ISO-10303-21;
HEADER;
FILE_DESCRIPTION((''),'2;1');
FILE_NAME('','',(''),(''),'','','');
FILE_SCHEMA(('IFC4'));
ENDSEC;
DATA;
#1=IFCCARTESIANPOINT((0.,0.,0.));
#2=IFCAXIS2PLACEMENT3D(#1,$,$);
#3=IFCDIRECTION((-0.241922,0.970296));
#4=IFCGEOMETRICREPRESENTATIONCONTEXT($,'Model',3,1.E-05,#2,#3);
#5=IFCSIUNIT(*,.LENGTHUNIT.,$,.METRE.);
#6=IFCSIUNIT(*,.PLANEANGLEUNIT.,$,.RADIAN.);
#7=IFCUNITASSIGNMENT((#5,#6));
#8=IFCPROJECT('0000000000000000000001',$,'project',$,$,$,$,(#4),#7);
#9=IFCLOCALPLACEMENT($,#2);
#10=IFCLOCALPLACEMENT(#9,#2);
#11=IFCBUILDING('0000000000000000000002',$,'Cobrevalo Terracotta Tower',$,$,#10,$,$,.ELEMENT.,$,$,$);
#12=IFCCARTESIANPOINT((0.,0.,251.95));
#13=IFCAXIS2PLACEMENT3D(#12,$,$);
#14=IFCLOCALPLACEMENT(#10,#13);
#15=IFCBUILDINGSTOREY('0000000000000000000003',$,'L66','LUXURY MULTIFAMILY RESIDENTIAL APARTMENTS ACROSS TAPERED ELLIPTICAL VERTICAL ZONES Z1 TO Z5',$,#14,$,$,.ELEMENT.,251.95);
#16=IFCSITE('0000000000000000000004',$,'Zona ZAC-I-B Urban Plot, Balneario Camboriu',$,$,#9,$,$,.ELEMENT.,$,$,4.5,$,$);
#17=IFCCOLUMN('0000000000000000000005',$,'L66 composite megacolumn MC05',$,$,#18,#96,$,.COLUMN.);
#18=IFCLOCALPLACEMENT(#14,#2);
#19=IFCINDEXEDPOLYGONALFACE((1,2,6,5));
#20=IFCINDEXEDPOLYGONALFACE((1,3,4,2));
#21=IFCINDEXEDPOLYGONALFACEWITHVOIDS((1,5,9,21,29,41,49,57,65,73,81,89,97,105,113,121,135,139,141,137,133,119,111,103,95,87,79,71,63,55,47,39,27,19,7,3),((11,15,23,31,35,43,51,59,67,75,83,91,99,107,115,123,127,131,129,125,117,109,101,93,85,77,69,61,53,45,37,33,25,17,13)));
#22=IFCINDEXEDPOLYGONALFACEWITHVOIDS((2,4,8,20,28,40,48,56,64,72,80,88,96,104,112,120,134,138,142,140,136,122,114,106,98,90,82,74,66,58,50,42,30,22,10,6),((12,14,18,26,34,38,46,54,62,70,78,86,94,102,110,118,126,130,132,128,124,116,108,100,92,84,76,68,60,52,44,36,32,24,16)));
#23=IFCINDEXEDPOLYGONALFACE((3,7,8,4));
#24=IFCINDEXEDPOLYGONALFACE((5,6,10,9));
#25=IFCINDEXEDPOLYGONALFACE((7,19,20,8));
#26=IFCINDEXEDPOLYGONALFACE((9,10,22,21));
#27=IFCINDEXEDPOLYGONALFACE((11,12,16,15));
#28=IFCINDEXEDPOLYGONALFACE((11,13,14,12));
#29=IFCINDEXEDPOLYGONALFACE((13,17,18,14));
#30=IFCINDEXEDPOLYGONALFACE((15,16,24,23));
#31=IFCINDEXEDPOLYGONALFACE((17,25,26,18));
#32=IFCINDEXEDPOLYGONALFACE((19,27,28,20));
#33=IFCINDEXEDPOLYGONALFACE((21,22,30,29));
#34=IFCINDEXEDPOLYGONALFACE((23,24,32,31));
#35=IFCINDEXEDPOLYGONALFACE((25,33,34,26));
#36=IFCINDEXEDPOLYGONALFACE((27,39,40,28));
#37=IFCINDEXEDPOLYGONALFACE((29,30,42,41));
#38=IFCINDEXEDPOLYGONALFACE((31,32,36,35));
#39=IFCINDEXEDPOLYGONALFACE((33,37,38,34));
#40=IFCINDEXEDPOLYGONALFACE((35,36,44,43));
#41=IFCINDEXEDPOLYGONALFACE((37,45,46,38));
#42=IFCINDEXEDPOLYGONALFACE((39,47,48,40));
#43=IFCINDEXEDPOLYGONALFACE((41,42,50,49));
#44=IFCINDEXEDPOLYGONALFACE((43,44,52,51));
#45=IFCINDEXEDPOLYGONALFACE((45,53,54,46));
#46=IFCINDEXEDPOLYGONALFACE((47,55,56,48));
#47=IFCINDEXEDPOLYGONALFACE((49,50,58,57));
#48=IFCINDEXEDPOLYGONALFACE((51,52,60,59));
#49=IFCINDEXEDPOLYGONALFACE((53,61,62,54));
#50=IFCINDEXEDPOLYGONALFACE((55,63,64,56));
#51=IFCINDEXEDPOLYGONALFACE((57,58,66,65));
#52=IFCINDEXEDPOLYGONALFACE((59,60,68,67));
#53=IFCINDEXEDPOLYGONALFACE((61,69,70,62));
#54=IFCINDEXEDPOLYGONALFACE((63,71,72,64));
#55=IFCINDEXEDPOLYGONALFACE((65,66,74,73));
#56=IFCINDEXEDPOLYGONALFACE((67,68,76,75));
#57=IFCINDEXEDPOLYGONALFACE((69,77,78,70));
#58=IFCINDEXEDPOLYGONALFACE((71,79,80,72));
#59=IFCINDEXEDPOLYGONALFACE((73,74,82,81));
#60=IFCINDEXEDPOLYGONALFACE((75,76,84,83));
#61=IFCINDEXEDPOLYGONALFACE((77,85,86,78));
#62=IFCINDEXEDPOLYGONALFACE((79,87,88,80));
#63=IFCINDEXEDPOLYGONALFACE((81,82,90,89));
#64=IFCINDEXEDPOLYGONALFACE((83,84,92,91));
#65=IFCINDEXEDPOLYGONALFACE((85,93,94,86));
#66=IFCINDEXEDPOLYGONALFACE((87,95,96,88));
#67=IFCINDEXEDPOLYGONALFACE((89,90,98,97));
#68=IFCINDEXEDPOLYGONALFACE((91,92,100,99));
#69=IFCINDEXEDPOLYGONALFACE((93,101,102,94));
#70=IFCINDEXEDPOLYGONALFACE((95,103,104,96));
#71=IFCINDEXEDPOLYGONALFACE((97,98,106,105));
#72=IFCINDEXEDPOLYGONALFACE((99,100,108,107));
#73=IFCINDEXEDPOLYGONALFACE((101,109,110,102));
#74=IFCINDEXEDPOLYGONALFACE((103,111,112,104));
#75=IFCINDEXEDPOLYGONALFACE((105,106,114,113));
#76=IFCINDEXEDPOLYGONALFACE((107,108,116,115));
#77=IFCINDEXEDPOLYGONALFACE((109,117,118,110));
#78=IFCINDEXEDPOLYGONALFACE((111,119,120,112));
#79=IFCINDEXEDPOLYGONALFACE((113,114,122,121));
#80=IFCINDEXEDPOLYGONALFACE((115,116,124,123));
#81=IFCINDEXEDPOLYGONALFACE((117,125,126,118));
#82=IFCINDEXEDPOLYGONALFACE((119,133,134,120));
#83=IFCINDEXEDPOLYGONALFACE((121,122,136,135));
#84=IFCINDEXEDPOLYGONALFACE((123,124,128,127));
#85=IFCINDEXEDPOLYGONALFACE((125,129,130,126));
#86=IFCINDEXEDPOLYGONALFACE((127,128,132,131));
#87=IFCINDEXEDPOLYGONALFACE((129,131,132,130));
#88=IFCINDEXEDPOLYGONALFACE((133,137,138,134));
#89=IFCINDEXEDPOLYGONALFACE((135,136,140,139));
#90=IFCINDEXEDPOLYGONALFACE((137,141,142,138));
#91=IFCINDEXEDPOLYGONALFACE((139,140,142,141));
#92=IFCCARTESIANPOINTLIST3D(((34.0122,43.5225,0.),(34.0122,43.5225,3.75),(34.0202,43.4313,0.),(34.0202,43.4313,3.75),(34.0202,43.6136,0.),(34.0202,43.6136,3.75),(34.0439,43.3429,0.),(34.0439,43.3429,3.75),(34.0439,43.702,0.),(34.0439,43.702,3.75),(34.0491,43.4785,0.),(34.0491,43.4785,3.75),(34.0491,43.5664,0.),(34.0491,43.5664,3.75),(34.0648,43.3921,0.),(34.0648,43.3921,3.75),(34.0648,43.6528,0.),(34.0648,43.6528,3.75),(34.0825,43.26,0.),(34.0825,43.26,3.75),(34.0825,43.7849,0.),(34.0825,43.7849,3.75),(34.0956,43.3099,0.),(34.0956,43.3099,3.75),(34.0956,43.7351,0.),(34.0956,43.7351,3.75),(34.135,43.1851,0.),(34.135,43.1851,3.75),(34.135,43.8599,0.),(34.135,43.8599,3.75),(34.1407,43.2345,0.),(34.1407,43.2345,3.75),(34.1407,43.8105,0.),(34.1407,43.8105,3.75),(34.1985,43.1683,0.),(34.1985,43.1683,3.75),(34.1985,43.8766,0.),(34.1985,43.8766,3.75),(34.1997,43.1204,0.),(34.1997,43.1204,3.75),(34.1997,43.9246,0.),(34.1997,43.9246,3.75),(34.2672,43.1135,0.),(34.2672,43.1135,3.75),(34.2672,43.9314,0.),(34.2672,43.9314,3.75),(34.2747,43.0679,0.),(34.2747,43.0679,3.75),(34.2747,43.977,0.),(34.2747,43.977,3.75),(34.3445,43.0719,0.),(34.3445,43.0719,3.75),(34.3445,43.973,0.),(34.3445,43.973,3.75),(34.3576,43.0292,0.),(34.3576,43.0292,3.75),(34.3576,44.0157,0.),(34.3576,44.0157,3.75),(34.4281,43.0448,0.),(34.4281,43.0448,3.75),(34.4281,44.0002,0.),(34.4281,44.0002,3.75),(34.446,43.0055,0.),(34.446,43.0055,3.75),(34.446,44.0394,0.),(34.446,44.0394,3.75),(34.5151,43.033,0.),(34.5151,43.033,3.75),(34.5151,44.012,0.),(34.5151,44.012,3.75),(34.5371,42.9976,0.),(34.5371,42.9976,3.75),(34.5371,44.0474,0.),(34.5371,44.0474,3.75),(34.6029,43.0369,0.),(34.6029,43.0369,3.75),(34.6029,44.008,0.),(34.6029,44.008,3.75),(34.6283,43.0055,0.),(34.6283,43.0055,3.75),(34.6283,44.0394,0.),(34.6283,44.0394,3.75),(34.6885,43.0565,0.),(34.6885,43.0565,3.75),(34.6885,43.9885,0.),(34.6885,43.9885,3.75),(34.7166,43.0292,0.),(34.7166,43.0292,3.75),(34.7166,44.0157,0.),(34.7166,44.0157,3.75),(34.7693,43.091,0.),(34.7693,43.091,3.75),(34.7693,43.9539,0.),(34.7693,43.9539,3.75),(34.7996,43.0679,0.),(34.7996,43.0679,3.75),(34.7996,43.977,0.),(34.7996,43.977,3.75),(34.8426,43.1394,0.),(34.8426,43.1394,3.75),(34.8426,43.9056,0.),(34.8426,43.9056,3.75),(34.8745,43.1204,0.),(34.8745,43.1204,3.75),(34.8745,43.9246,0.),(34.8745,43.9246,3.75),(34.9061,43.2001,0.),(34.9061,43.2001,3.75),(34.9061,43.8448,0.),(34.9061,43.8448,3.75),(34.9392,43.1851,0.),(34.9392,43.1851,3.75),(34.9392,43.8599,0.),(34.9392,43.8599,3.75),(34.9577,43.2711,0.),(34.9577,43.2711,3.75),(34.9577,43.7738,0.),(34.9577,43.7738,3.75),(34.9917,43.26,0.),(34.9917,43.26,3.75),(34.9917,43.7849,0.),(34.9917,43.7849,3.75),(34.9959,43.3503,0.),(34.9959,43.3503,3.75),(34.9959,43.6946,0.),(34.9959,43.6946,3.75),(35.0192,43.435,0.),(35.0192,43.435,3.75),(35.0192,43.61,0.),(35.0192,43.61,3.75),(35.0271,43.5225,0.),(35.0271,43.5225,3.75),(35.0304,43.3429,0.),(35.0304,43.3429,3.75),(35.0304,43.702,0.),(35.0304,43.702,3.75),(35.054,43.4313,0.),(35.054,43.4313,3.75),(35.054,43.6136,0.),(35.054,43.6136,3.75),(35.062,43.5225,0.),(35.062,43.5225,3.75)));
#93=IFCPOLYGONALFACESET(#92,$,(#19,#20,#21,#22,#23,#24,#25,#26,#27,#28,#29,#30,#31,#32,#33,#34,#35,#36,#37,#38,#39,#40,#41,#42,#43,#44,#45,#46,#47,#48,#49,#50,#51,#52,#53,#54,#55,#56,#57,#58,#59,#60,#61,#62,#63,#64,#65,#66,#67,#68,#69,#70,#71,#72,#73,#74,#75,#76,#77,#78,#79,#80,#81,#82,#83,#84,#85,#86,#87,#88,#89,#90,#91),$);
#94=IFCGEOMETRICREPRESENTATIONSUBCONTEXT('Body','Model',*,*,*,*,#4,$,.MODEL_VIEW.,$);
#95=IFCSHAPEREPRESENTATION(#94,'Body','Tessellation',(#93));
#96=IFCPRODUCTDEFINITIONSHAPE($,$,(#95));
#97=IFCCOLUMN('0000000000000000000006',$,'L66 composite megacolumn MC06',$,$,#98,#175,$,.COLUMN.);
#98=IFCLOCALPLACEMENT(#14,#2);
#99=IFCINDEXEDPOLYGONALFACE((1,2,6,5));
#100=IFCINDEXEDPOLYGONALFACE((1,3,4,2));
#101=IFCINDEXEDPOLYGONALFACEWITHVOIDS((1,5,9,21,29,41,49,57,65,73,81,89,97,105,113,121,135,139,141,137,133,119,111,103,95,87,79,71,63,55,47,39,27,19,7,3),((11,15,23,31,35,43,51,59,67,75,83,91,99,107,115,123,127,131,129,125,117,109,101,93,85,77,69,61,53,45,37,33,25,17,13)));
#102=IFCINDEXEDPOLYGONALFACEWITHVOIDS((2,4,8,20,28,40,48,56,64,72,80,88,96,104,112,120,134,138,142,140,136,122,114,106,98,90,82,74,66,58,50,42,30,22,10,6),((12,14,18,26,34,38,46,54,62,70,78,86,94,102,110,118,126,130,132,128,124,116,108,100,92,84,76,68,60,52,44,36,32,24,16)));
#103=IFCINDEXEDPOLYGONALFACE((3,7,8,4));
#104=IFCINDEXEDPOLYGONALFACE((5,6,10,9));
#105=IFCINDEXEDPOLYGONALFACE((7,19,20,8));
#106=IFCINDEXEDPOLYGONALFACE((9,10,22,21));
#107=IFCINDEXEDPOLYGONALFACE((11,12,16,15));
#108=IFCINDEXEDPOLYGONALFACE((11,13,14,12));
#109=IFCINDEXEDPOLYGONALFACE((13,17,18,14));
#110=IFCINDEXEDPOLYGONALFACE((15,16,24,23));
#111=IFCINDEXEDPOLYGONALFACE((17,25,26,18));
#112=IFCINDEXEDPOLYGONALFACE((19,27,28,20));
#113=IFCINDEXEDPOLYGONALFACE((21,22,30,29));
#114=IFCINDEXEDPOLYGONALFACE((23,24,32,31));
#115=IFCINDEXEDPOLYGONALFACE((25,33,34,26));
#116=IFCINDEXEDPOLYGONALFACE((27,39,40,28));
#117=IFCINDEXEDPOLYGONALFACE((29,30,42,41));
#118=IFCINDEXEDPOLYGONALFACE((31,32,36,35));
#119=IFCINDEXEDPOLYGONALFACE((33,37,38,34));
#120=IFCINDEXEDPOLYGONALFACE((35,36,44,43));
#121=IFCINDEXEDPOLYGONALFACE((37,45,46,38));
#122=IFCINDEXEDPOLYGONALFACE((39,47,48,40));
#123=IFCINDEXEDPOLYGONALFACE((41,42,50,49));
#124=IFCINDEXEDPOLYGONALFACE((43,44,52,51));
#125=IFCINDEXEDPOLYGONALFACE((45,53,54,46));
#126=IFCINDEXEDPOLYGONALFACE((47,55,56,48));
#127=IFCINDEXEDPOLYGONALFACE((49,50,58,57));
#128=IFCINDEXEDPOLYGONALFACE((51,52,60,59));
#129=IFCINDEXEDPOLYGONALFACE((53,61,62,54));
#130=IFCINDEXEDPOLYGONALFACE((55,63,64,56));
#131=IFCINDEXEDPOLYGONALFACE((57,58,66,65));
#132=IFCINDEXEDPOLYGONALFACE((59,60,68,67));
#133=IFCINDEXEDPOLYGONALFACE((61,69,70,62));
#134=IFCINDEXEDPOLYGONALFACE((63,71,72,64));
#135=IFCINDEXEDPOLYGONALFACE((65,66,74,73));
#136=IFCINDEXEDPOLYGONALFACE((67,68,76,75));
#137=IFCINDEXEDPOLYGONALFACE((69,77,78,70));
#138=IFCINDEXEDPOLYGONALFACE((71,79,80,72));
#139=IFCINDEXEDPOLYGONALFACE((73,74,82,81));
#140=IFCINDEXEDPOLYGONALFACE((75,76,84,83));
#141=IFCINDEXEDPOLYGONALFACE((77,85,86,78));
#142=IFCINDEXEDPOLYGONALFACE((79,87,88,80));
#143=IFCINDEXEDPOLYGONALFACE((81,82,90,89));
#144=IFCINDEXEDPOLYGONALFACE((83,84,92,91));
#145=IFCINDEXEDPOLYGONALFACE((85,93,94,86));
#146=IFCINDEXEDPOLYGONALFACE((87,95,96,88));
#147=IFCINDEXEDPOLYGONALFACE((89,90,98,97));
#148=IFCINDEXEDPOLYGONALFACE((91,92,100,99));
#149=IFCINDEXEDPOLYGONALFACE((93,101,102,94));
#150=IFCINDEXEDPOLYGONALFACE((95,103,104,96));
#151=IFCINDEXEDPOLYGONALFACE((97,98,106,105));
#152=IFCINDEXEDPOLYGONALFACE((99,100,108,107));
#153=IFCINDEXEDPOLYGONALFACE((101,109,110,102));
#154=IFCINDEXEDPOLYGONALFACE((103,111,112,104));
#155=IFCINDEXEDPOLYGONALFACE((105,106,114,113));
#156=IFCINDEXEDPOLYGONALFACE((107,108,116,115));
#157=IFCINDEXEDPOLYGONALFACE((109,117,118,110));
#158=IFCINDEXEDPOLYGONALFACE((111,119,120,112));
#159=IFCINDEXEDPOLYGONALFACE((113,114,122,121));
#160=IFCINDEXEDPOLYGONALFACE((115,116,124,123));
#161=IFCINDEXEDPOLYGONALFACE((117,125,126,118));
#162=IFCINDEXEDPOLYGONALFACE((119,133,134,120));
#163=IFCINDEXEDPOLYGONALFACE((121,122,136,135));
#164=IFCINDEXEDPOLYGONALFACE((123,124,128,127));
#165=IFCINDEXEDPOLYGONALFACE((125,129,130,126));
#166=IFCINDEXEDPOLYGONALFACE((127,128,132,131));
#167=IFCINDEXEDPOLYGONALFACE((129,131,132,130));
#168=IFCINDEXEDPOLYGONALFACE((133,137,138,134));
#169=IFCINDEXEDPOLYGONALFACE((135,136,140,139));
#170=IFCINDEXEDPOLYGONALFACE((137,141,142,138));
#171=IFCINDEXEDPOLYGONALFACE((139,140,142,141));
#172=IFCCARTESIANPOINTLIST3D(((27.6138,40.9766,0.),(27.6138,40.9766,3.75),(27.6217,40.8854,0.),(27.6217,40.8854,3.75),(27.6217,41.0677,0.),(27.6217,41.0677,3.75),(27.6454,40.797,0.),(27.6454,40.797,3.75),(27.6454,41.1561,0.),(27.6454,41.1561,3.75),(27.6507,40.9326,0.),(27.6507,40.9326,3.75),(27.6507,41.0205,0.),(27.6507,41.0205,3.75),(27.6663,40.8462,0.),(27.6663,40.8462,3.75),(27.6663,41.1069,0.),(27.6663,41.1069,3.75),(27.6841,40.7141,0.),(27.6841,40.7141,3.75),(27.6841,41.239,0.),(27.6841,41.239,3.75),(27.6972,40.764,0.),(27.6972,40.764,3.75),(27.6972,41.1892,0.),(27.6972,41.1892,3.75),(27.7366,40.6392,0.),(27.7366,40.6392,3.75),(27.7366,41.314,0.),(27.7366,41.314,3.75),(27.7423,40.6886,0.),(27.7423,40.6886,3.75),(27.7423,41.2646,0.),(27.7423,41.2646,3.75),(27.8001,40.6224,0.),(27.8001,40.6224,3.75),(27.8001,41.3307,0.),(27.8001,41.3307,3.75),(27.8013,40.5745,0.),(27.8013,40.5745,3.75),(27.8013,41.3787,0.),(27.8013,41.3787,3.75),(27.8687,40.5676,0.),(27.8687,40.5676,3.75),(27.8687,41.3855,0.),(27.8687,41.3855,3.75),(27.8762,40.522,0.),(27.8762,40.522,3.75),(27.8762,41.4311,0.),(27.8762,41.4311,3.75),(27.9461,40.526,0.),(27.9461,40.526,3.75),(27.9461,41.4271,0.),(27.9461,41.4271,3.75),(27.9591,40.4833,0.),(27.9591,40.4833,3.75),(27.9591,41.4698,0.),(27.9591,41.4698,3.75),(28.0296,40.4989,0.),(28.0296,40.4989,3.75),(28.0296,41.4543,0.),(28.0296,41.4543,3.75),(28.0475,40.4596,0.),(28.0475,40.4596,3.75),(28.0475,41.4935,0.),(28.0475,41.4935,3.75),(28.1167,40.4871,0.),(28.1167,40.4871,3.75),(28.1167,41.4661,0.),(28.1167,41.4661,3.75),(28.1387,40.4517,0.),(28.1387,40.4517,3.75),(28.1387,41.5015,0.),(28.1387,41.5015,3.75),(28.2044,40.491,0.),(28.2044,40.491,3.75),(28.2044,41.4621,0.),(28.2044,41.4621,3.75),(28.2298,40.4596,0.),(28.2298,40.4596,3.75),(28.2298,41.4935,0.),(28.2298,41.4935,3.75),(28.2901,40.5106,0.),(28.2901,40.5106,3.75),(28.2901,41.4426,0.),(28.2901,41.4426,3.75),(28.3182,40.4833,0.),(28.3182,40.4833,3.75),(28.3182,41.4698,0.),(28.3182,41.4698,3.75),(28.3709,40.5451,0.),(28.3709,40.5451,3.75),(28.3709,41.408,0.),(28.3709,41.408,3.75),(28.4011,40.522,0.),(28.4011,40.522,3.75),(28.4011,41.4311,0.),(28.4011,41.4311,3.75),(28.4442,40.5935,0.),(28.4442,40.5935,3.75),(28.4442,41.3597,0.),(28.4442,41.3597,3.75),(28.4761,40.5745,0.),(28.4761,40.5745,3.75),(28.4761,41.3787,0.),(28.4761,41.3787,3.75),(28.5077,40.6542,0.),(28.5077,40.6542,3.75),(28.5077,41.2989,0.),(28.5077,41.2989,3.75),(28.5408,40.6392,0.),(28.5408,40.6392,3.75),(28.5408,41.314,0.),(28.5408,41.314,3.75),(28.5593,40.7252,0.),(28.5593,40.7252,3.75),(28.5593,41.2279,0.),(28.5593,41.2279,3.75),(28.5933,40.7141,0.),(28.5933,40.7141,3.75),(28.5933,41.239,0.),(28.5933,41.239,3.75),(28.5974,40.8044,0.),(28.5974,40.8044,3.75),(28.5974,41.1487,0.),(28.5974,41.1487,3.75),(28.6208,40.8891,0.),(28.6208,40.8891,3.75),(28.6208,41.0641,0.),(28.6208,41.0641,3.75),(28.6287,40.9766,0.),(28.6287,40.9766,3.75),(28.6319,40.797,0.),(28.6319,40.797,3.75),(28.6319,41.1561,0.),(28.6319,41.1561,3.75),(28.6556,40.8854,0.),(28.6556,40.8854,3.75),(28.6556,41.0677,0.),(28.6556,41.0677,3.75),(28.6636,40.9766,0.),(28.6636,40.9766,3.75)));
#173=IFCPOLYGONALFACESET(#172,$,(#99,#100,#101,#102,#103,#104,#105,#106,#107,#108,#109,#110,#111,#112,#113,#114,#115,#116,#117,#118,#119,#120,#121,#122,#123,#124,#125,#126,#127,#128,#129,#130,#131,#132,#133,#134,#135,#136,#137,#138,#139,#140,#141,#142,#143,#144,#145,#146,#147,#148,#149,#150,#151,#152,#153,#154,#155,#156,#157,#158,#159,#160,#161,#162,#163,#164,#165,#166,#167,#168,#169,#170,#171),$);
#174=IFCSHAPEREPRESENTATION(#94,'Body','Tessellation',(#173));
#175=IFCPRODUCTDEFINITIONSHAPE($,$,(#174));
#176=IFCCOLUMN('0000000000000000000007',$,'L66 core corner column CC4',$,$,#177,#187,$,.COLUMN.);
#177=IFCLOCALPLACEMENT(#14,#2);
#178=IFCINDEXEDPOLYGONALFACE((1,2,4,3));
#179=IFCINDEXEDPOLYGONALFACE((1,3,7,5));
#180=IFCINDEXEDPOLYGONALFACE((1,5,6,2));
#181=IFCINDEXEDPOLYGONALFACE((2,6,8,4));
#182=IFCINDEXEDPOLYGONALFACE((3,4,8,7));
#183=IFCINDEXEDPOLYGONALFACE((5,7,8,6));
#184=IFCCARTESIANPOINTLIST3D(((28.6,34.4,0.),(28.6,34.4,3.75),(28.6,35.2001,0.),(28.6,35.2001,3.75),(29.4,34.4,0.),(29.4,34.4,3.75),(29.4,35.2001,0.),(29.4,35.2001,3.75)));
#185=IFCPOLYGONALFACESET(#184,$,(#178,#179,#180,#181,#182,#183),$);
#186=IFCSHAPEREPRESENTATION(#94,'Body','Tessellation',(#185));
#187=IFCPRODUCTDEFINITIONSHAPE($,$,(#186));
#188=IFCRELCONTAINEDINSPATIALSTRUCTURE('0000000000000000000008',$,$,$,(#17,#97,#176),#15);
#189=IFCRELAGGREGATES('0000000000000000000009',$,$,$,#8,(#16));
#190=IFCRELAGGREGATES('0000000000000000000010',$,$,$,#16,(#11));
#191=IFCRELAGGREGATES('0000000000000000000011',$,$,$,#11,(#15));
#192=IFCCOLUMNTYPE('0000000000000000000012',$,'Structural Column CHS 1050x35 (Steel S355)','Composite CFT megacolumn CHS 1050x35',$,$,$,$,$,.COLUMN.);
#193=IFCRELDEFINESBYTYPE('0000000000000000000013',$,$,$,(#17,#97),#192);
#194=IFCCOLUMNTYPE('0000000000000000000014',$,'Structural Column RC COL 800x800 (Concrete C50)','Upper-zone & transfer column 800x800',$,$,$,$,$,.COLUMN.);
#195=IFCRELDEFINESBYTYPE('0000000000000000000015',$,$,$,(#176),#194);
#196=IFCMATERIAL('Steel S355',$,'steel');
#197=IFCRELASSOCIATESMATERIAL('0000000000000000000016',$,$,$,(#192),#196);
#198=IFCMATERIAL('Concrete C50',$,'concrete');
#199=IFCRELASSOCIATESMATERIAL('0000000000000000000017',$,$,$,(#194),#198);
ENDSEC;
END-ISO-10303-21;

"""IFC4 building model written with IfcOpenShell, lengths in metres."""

from ifc_helpers import new_model, si_unit, direction, frame, origin, origin_2d, place, context, subcontext, project, spatial, rectangle, hollow_circle, extrude, material, material_profile, profile_set, type_object, element, save


model = new_model("IFC4")

# Units and contexts
model_context = context("Model", 3, precision=1e-05, world=origin(), true_north=direction((-0.241922, 0.970296)))
body_context = subcontext(model_context, "Body", "Model", "MODEL_VIEW")
ifc_project = project(units=[si_unit("LENGTHUNIT", "METRE"), si_unit("PLANEANGLEUNIT", "RADIAN")], contexts=[model_context])

# Site, building, storey
site_placement = place(None, origin())
site = spatial("IfcSite", under=ifc_project, at=site_placement, Name="Zona ZAC-I-B Urban Plot, Balneario Camboriu", CompositionType="ELEMENT", RefElevation=4.5)
building_placement = place(site_placement, origin())
building = spatial("IfcBuilding", under=site, at=building_placement, Name="Cobrevalo Terracotta Tower", CompositionType="ELEMENT")
storey_placement = place(building_placement, frame((0.0, 0.0, 251.95)))
storey = spatial("IfcBuildingStorey", under=building, at=storey_placement, Name="L66", Description="LUXURY MULTIFAMILY RESIDENTIAL APARTMENTS ACROSS TAPERED ELLIPTICAL VERTICAL ZONES Z1 TO Z5", CompositionType="ELEMENT", Elevation=251.95)

# Columns
ifc_material_1 = material(Name="Steel S355", Category="steel")
ifc_material_profile_1 = material_profile(ifc_material_1, hollow_circle(Radius=0.5249, WallThickness=0.0349, at=origin_2d()), Name="CHS 1050x35")
ifc_profile_set_1 = profile_set([ifc_material_profile_1], Name="Steel S355")
column_type_1 = type_object("IfcColumnType", Name="Structural Column CHS 1050x35 (Steel S355)", Description="Composite CFT megacolumn CHS 1050x35", PredefinedType="COLUMN", material=ifc_profile_set_1)
for number, where, z_axis, x_axis, name in (
    (1, (34.5371, 43.5225, 0.0), (0.0, 0.0, 1.0), (1.0, 0.0, 0.0), "L66 composite megacolumn MC05"),
    (2, (28.1387, 40.9766, 0.0), (0.0, 0.0, 1.0), (1.0, 0.0, 0.0), "L66 composite megacolumn MC06"),
):
    element("IfcColumn", number, at=place(storey_placement, frame(where, z_axis=z_axis, x_axis=x_axis)), inside=storey, type_object=column_type_1, Name=name, PredefinedType="COLUMN", context=body_context, shape_type="SweptSolid", body=[
        extrude(hollow_circle(Radius=0.5249, WallThickness=0.0349, at=origin_2d()), origin(), (0.0, 0.0, 1.0), 3.75),
    ])
ifc_material_2 = material(Name="Concrete C50", Category="concrete")
ifc_material_profile_2 = material_profile(ifc_material_2, rectangle(XDim=0.8, YDim=0.8, at=origin_2d()), Name="RC COL 800x800")
ifc_profile_set_2 = profile_set([ifc_material_profile_2], Name="Concrete C50")
column_type_2 = type_object("IfcColumnType", Name="Structural Column RC COL 800x800 (Concrete C50)", Description="Upper-zone & transfer column 800x800", PredefinedType="COLUMN", material=ifc_profile_set_2)
column_placement = place(storey_placement, frame((29.0, 34.8, 0.0), z_axis=(0.0, 0.0, 1.0), x_axis=(1.0, 0.0, 0.0)))
element("IfcColumn", 3, at=column_placement, inside=storey, type_object=column_type_2, Name="L66 core corner column CC4", PredefinedType="COLUMN", context=body_context, shape_type="SweptSolid", body=[
    extrude(rectangle(XDim=0.8, YDim=0.8, at=origin_2d()), origin(), (0.0, 0.0, 1.0), 3.75),
])

save(model, "model.ifc")
